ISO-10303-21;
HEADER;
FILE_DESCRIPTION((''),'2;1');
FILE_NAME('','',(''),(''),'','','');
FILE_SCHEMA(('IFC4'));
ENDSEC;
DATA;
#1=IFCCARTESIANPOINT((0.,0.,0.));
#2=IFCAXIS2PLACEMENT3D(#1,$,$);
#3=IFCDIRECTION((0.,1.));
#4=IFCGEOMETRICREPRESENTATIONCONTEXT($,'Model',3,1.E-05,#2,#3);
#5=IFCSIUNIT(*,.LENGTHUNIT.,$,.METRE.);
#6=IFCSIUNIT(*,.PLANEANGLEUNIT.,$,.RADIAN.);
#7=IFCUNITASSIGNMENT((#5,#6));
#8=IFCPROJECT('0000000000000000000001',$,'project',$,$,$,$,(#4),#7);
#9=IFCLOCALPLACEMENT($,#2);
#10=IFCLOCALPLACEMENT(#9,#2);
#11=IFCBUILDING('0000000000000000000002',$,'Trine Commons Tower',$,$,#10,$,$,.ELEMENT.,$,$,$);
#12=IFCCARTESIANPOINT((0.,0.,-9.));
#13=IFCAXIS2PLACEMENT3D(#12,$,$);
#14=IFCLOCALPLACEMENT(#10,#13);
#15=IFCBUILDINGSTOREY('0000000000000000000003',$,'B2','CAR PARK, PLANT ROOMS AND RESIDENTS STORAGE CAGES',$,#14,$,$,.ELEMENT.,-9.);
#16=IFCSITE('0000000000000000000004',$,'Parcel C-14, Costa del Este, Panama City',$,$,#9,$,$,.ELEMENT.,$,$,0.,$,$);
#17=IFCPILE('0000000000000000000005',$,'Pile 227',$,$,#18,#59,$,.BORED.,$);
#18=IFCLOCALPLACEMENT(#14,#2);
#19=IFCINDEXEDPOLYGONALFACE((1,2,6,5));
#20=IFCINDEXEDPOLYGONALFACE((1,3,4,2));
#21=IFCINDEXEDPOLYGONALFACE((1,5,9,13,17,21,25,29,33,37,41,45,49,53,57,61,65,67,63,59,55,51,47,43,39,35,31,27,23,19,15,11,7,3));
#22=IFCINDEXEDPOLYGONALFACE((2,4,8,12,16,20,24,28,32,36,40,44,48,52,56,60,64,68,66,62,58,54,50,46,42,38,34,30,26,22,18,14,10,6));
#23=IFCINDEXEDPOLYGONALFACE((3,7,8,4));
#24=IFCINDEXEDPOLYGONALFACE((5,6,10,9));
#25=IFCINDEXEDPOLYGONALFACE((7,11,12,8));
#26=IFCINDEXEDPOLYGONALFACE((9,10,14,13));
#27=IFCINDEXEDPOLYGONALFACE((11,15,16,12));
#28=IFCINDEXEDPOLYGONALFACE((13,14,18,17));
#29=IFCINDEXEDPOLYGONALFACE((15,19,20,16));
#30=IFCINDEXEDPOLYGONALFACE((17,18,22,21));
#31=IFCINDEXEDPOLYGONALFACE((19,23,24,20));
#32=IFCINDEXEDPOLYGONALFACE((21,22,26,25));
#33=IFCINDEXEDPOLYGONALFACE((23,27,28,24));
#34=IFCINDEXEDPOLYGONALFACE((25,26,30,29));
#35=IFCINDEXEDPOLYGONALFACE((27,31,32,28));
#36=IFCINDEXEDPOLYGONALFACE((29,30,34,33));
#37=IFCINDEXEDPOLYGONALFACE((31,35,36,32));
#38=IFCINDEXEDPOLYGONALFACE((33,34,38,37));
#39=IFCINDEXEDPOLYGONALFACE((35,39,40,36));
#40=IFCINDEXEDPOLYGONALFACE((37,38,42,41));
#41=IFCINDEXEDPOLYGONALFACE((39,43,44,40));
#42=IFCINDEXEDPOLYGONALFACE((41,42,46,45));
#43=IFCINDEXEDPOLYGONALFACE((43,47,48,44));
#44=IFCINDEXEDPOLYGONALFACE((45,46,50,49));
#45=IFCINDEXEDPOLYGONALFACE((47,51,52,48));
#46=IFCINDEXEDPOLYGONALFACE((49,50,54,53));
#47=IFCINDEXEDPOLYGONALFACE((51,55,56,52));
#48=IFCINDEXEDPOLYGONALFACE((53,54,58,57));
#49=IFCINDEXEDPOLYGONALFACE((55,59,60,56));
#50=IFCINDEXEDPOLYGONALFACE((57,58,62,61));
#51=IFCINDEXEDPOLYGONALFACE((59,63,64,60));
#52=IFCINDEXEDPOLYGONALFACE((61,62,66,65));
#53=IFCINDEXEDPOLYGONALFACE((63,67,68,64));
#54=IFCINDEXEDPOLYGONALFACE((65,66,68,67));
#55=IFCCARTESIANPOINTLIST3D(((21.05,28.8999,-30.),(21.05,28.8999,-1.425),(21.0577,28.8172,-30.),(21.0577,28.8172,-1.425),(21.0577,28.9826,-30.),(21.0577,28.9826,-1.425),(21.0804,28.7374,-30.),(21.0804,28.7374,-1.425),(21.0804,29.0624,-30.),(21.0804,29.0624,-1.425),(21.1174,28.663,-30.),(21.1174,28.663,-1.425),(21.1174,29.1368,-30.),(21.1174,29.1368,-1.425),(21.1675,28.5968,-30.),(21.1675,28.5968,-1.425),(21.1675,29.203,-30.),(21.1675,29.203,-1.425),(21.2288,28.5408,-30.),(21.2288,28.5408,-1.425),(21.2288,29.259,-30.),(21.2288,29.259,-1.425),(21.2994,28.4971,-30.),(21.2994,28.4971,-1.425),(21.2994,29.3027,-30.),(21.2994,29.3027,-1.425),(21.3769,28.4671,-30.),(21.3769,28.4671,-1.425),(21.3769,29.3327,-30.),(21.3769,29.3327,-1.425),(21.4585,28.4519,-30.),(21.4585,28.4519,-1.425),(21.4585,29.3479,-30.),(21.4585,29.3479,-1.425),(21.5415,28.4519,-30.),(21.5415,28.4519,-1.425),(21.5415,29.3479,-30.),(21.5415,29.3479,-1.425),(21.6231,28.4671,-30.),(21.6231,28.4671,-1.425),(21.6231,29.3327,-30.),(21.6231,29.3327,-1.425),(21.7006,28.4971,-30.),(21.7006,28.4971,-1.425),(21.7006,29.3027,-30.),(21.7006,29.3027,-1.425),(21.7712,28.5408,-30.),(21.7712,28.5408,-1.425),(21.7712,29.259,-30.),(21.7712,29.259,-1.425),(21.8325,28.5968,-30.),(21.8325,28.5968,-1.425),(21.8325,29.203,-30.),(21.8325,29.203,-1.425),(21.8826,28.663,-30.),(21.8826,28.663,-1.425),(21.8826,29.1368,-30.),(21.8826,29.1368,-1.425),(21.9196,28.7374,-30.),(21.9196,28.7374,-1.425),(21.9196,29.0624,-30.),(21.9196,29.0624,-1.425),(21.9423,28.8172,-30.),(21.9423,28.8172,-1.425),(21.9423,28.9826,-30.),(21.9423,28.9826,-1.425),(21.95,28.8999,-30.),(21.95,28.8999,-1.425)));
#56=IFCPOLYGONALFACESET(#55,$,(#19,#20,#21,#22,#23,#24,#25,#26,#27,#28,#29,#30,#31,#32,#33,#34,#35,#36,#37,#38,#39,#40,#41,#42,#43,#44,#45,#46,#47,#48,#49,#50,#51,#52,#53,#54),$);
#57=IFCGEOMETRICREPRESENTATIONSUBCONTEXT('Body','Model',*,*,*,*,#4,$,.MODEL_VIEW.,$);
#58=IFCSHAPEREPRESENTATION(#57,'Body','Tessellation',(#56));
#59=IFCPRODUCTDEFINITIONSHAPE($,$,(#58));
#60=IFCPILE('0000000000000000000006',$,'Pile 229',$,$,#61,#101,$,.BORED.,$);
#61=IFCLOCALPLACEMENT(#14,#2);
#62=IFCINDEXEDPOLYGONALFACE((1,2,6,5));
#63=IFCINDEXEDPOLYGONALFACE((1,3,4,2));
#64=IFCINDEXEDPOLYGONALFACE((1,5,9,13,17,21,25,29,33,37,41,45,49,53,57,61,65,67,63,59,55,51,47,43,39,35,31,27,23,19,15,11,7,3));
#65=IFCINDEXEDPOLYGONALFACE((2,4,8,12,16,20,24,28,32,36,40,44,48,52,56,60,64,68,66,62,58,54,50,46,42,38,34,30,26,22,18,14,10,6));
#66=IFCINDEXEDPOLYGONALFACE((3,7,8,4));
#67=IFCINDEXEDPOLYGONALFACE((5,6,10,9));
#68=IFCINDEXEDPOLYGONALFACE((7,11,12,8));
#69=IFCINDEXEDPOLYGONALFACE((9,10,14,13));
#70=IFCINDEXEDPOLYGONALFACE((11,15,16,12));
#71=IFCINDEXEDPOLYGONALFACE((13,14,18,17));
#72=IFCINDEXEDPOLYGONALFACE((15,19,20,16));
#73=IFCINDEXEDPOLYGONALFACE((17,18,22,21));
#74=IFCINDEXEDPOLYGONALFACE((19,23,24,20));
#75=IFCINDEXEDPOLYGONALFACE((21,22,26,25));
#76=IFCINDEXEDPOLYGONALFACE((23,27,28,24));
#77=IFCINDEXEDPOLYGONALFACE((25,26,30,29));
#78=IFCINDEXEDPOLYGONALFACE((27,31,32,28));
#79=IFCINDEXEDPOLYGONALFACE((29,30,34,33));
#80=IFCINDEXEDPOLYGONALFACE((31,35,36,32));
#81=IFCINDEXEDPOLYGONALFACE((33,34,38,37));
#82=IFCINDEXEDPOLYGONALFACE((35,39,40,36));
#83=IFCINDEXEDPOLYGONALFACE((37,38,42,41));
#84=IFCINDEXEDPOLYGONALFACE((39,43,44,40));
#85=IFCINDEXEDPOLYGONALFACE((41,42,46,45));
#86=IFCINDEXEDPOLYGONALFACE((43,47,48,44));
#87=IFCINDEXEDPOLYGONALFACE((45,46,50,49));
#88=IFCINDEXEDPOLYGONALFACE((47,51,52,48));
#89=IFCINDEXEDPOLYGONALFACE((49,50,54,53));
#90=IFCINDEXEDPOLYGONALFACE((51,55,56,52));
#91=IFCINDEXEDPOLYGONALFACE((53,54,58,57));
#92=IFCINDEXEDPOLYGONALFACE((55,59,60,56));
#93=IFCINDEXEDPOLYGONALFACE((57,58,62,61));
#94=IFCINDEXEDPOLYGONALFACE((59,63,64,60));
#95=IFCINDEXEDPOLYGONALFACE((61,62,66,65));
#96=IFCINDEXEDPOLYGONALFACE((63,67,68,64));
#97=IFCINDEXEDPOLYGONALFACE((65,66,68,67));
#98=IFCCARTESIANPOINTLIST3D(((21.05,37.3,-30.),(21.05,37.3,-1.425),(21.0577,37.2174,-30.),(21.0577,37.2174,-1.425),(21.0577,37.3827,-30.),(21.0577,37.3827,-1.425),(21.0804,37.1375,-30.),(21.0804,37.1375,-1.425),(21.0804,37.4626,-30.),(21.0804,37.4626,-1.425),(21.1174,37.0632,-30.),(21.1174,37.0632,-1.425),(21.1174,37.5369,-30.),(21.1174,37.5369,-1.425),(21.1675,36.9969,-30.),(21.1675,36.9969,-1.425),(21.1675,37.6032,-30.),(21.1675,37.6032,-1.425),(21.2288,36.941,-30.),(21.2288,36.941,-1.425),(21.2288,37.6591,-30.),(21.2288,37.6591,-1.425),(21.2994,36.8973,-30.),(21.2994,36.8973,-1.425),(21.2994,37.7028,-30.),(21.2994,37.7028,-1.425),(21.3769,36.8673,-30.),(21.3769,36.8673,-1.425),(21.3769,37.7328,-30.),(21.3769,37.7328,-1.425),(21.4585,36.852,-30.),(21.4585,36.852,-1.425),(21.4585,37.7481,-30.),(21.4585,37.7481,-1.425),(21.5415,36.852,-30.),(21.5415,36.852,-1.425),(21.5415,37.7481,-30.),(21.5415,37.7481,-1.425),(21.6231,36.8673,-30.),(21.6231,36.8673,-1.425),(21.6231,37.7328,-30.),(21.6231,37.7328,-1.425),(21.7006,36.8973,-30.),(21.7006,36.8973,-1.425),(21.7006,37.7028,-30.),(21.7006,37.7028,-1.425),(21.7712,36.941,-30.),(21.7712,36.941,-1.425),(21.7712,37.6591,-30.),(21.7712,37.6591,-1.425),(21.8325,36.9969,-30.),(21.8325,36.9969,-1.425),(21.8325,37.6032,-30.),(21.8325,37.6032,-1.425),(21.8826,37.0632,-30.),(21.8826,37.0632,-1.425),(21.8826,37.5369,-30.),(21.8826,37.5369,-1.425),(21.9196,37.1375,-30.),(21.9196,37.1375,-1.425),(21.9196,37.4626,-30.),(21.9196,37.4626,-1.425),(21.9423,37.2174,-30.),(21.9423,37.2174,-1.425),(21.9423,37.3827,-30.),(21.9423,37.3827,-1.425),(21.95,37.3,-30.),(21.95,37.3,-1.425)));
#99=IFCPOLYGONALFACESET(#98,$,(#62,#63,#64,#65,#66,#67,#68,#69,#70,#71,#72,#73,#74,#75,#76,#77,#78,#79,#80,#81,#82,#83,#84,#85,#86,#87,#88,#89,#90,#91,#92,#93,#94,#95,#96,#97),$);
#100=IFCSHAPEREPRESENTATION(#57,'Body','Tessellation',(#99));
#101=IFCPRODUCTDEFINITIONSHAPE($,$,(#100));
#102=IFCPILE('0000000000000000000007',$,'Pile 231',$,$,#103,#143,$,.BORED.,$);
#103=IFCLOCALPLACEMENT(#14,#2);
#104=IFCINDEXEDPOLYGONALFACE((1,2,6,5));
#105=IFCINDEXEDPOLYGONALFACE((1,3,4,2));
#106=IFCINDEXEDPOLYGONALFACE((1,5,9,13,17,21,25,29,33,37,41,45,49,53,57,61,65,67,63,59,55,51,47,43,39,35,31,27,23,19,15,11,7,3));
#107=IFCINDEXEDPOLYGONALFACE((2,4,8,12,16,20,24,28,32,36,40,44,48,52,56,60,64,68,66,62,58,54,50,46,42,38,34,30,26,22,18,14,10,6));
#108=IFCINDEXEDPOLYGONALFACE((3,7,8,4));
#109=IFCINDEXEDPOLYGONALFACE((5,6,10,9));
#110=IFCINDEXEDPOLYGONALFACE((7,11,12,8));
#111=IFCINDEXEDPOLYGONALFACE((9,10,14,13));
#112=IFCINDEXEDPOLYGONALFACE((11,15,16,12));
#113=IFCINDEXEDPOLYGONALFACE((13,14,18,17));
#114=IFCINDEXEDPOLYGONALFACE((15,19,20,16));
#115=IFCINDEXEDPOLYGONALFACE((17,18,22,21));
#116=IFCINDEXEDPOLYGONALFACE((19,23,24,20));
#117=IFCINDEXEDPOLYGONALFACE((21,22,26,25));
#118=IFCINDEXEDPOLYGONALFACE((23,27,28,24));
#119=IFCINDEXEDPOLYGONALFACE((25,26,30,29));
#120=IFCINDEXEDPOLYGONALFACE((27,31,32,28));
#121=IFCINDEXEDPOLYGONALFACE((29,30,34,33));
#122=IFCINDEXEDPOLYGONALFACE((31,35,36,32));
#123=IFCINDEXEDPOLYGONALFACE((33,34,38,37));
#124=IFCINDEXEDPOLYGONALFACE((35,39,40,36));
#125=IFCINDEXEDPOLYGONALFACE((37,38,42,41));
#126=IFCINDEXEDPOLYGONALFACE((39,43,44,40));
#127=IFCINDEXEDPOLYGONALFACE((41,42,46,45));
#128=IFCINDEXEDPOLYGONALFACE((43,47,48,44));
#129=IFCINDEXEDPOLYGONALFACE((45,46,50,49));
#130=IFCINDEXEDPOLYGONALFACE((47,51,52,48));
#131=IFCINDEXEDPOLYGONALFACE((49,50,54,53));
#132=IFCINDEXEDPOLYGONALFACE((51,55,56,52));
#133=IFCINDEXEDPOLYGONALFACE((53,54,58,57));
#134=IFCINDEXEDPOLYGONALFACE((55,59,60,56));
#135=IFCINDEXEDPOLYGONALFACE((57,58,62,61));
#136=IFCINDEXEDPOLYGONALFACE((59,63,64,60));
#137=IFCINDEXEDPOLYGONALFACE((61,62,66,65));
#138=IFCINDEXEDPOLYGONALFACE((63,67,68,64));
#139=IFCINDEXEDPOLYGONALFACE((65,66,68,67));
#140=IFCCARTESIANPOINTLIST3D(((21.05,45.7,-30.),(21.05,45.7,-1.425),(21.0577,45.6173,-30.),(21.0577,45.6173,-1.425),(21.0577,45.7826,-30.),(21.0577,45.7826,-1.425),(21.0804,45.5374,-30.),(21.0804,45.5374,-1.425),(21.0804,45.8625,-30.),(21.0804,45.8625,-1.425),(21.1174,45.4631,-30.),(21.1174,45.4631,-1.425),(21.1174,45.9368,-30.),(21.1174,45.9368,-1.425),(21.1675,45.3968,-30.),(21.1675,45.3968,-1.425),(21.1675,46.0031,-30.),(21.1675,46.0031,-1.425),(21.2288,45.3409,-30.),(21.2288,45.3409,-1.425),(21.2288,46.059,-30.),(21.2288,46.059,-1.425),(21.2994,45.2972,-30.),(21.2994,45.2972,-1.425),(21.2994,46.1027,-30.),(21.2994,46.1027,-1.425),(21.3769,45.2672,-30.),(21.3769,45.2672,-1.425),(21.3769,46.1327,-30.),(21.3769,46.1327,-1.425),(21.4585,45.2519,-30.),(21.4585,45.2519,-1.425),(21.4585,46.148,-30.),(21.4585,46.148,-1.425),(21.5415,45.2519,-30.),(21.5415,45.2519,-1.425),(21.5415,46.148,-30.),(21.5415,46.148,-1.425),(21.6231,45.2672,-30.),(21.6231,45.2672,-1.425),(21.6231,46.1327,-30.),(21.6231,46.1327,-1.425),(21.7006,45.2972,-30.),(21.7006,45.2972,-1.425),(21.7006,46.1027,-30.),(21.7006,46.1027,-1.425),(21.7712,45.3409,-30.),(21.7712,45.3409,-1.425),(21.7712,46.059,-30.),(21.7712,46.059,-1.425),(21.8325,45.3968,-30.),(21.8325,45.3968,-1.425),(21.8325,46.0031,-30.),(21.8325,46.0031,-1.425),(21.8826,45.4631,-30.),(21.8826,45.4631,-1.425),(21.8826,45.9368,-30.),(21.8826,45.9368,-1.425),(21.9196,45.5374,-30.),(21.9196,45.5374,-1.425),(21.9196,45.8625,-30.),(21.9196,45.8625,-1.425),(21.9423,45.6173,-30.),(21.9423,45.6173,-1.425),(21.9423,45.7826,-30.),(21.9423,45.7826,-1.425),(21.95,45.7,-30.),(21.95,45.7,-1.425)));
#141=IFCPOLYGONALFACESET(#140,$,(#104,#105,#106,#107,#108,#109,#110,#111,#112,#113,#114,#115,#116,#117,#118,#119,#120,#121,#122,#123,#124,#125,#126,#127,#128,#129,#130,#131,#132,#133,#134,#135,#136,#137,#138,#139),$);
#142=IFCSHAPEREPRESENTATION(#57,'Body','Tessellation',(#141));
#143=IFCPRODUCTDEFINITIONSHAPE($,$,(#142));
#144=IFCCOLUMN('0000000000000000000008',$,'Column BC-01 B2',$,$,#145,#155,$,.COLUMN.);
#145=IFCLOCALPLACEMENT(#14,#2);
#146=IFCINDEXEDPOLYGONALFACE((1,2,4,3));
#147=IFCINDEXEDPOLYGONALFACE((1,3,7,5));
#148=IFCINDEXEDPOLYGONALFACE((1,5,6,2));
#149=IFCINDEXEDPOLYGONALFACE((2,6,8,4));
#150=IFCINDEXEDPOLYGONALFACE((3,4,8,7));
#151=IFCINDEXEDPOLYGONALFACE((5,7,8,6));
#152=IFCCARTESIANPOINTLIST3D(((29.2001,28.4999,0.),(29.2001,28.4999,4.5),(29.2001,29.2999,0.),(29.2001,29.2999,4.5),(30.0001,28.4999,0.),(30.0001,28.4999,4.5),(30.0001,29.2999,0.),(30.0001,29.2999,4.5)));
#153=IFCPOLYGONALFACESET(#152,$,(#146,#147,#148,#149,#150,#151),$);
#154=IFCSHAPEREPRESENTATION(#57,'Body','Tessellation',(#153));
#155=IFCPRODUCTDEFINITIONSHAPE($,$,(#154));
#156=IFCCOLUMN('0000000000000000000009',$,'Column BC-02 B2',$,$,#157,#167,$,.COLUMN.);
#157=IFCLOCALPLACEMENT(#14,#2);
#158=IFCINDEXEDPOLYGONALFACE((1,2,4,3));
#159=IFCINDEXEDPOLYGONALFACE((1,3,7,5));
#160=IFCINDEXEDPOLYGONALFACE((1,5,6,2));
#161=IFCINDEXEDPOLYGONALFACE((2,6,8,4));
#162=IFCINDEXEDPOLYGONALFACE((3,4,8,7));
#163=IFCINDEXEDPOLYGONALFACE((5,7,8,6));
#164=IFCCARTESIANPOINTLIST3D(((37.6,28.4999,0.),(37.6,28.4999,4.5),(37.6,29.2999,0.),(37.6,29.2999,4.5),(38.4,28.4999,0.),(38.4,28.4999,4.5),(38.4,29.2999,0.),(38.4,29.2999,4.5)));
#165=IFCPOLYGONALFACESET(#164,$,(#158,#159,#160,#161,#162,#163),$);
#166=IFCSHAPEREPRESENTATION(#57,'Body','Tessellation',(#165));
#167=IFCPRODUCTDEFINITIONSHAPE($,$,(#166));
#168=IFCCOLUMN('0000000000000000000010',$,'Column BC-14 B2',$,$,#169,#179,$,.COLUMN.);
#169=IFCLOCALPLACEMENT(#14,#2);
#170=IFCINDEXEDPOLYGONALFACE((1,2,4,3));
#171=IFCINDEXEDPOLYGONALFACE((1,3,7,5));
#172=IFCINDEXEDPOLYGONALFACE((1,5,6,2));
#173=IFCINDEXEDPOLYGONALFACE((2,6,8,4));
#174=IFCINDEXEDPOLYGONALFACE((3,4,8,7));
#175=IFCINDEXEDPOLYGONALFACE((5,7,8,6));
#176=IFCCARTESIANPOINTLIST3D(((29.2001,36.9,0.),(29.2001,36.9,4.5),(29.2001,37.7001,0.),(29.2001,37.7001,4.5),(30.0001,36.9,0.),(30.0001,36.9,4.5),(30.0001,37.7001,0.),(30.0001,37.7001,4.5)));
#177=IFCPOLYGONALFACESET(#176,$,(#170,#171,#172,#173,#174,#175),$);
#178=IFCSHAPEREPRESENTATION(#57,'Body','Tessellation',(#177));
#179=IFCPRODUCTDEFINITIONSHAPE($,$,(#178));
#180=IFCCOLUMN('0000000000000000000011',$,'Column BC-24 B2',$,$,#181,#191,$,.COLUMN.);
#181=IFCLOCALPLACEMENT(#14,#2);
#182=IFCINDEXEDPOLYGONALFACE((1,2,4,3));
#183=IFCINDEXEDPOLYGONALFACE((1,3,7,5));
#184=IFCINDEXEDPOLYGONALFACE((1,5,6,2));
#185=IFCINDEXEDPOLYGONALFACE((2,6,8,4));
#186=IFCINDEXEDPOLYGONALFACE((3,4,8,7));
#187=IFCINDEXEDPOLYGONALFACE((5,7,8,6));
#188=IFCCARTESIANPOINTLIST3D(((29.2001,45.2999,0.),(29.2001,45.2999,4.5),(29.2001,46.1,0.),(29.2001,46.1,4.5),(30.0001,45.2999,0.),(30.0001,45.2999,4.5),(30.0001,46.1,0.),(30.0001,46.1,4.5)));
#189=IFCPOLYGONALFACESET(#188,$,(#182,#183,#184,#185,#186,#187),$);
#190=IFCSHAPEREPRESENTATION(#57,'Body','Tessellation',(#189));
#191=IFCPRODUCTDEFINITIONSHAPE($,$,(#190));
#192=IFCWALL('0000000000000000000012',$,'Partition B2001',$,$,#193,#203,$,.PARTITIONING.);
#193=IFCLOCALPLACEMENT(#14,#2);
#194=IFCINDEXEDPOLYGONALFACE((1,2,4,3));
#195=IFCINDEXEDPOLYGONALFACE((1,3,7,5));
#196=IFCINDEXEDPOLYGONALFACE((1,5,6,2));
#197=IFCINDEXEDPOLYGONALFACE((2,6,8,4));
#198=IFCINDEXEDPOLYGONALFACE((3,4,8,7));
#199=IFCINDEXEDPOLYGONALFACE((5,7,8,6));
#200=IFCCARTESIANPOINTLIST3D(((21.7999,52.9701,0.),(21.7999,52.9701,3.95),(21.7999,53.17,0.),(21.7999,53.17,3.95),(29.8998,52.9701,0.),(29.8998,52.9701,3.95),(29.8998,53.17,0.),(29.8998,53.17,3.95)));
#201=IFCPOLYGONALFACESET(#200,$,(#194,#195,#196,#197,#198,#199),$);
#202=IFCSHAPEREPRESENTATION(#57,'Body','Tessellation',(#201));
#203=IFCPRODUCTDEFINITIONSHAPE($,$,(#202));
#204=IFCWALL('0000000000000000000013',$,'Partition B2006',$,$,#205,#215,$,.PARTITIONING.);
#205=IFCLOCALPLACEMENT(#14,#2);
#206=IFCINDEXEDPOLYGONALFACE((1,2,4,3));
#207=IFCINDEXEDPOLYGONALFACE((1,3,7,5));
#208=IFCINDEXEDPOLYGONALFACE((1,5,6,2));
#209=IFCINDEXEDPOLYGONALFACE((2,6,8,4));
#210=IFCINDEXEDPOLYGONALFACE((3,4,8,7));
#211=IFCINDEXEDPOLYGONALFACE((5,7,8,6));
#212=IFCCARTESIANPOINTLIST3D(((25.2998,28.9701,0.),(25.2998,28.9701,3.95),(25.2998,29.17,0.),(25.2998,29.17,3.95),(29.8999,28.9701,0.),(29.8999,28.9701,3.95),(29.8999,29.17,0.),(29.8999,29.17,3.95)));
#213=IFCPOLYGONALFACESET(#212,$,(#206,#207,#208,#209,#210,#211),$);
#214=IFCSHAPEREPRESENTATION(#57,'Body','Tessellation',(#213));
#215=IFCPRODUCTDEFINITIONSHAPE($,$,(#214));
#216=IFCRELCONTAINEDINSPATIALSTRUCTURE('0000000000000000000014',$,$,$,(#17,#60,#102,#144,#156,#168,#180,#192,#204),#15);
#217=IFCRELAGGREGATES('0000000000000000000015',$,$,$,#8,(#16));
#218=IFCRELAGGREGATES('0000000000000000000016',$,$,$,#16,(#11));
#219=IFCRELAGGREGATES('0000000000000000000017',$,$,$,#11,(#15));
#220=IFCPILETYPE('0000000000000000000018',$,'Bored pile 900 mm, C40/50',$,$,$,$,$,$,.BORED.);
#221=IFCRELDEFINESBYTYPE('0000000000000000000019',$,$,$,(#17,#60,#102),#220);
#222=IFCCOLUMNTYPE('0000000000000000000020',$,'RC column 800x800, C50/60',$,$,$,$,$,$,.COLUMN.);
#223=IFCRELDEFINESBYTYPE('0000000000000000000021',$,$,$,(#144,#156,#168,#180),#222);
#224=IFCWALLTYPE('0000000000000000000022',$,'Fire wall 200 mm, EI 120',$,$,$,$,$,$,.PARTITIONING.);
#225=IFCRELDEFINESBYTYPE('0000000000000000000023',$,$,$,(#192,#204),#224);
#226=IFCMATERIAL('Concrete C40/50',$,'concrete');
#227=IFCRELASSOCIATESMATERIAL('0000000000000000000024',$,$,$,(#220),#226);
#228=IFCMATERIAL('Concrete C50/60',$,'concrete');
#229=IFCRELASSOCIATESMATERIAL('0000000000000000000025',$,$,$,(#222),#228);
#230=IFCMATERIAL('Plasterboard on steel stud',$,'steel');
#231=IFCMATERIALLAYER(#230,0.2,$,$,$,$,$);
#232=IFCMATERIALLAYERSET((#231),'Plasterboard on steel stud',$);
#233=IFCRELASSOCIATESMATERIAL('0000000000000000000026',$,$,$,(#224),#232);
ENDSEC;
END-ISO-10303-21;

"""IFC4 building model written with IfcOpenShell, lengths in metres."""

from ifc_helpers import new_model, si_unit, direction, frame, frame_2d, origin, origin_2d, place, context, subcontext, project, spatial, rectangle, circle, extrude, material, layer, layer_set, material_profile, profile_set, type_object, element, save


model = new_model("IFC4")

# Units and contexts
model_context = context("Model", 3, precision=1e-05, world=origin(), true_north=direction((0.0, 1.0)))
body_context = subcontext(model_context, "Body", "Model", "MODEL_VIEW")
ifc_project = project(units=[si_unit("LENGTHUNIT", "METRE"), si_unit("PLANEANGLEUNIT", "RADIAN")], contexts=[model_context])

# Site, building, storey
site_placement = place(None, origin())
site = spatial("IfcSite", under=ifc_project, at=site_placement, Name="Parcel C-14, Costa del Este, Panama City", CompositionType="ELEMENT", RefElevation=0.0)
building_placement = place(site_placement, origin())
building = spatial("IfcBuilding", under=site, at=building_placement, Name="Trine Commons Tower", CompositionType="ELEMENT")
storey_placement = place(building_placement, frame((0.0, 0.0, -9.0)))
storey = spatial("IfcBuildingStorey", under=building, at=storey_placement, Name="B2", Description="CAR PARK, PLANT ROOMS AND RESIDENTS STORAGE CAGES", CompositionType="ELEMENT", Elevation=-9.0)

# Piles
ifc_material_1 = material(Name="Concrete C40/50", Category="concrete")
pile_type_1 = type_object("IfcPileType", Name="Bored pile 900 mm, C40/50", PredefinedType="BORED", material=ifc_material_1)
for number, where, z_axis, x_axis, name in (
    (1, (21.5, 28.8999, -1.425), (0.0, 0.0, -1.0), (1.0, 0.0, 0.0), "Pile 227"),
    (2, (21.5, 37.3, -1.425), (0.0, 0.0, -1.0), (1.0, 0.0, 0.0), "Pile 229"),
    (3, (21.5, 45.7, -1.425), (0.0, 0.0, -1.0), (1.0, 0.0, 0.0), "Pile 231"),
):
    element("IfcPile", number, at=place(storey_placement, frame(where, z_axis=z_axis, x_axis=x_axis)), inside=storey, type_object=pile_type_1, Name=name, PredefinedType="BORED", context=body_context, shape_type="SweptSolid", body=[
        extrude(circle(Radius=0.45, at=origin_2d()), origin(), (0.0, 0.0, 1.0), 28.575),
    ])

# Columns
ifc_material_2 = material(Name="Concrete C50/60", Category="concrete")
ifc_material_profile = material_profile(ifc_material_2, rectangle(XDim=0.8, YDim=0.8, at=origin_2d()), Name="RC 800x800")
ifc_profile_set = profile_set([ifc_material_profile], Name="Concrete C50/60")
column_type = type_object("IfcColumnType", Name="RC column 800x800, C50/60", PredefinedType="COLUMN", material=ifc_profile_set)
for number, where, z_axis, x_axis, name in (
    (4, (29.6001, 28.8999, 0.0), (0.0, 0.0, 1.0), (1.0, 0.0, 0.0), "Column BC-01 B2"),
    (5, (38.0, 28.8999, 0.0), (0.0, 0.0, 1.0), (1.0, 0.0, 0.0), "Column BC-02 B2"),
    (6, (29.6001, 37.3, 0.0), (0.0, 0.0, 1.0), (1.0, 0.0, 0.0), "Column BC-14 B2"),
    (7, (29.6001, 45.7, 0.0), (0.0, 0.0, 1.0), (1.0, 0.0, 0.0), "Column BC-24 B2"),
):
    element("IfcColumn", number, at=place(storey_placement, frame(where, z_axis=z_axis, x_axis=x_axis)), inside=storey, type_object=column_type, Name=name, PredefinedType="COLUMN", context=body_context, shape_type="SweptSolid", body=[
        extrude(rectangle(XDim=0.8, YDim=0.8, at=origin_2d()), origin(), (0.0, 0.0, 1.0), 4.5),
    ])

# Walls
ifc_material_3 = material(Name="Plasterboard on steel stud", Category="steel")
ifc_layer_1 = layer(ifc_material_3, 0.2)
ifc_layer_set_1 = layer_set([ifc_layer_1], Name="Plasterboard on steel stud")
wall_type_1 = type_object("IfcWallType", Name="Fire wall 200 mm, EI 120", PredefinedType="PARTITIONING", material=ifc_layer_set_1)
wall_1_placement = place(storey_placement, frame((21.8, 53.0701, 0.0), z_axis=(0.0, 0.0, 1.0), x_axis=(1.0, 0.0, 0.0)))
element("IfcWall", 8, at=wall_1_placement, inside=storey, type_object=wall_type_1, Name="Partition B2001", PredefinedType="PARTITIONING", context=body_context, shape_type="SweptSolid", body=[
    extrude(rectangle(XDim=8.0999, YDim=0.2, at=frame_2d((4.0498, 0.0))), origin(), (0.0, 0.0, 1.0), 3.95),
])
wall_2_placement = place(storey_placement, frame((25.2998, 29.0701, 0.0), z_axis=(0.0, 0.0, 1.0), x_axis=(1.0, 0.0, 0.0)))
element("IfcWall", 9, at=wall_2_placement, inside=storey, type_object=wall_type_1, Name="Partition B2006", PredefinedType="PARTITIONING", context=body_context, shape_type="SweptSolid", body=[
    extrude(rectangle(XDim=4.6001, YDim=0.2, at=frame_2d((2.3, 0.0))), origin(), (0.0, 0.0, 1.0), 3.95),
])

save(model, "model.ifc")
